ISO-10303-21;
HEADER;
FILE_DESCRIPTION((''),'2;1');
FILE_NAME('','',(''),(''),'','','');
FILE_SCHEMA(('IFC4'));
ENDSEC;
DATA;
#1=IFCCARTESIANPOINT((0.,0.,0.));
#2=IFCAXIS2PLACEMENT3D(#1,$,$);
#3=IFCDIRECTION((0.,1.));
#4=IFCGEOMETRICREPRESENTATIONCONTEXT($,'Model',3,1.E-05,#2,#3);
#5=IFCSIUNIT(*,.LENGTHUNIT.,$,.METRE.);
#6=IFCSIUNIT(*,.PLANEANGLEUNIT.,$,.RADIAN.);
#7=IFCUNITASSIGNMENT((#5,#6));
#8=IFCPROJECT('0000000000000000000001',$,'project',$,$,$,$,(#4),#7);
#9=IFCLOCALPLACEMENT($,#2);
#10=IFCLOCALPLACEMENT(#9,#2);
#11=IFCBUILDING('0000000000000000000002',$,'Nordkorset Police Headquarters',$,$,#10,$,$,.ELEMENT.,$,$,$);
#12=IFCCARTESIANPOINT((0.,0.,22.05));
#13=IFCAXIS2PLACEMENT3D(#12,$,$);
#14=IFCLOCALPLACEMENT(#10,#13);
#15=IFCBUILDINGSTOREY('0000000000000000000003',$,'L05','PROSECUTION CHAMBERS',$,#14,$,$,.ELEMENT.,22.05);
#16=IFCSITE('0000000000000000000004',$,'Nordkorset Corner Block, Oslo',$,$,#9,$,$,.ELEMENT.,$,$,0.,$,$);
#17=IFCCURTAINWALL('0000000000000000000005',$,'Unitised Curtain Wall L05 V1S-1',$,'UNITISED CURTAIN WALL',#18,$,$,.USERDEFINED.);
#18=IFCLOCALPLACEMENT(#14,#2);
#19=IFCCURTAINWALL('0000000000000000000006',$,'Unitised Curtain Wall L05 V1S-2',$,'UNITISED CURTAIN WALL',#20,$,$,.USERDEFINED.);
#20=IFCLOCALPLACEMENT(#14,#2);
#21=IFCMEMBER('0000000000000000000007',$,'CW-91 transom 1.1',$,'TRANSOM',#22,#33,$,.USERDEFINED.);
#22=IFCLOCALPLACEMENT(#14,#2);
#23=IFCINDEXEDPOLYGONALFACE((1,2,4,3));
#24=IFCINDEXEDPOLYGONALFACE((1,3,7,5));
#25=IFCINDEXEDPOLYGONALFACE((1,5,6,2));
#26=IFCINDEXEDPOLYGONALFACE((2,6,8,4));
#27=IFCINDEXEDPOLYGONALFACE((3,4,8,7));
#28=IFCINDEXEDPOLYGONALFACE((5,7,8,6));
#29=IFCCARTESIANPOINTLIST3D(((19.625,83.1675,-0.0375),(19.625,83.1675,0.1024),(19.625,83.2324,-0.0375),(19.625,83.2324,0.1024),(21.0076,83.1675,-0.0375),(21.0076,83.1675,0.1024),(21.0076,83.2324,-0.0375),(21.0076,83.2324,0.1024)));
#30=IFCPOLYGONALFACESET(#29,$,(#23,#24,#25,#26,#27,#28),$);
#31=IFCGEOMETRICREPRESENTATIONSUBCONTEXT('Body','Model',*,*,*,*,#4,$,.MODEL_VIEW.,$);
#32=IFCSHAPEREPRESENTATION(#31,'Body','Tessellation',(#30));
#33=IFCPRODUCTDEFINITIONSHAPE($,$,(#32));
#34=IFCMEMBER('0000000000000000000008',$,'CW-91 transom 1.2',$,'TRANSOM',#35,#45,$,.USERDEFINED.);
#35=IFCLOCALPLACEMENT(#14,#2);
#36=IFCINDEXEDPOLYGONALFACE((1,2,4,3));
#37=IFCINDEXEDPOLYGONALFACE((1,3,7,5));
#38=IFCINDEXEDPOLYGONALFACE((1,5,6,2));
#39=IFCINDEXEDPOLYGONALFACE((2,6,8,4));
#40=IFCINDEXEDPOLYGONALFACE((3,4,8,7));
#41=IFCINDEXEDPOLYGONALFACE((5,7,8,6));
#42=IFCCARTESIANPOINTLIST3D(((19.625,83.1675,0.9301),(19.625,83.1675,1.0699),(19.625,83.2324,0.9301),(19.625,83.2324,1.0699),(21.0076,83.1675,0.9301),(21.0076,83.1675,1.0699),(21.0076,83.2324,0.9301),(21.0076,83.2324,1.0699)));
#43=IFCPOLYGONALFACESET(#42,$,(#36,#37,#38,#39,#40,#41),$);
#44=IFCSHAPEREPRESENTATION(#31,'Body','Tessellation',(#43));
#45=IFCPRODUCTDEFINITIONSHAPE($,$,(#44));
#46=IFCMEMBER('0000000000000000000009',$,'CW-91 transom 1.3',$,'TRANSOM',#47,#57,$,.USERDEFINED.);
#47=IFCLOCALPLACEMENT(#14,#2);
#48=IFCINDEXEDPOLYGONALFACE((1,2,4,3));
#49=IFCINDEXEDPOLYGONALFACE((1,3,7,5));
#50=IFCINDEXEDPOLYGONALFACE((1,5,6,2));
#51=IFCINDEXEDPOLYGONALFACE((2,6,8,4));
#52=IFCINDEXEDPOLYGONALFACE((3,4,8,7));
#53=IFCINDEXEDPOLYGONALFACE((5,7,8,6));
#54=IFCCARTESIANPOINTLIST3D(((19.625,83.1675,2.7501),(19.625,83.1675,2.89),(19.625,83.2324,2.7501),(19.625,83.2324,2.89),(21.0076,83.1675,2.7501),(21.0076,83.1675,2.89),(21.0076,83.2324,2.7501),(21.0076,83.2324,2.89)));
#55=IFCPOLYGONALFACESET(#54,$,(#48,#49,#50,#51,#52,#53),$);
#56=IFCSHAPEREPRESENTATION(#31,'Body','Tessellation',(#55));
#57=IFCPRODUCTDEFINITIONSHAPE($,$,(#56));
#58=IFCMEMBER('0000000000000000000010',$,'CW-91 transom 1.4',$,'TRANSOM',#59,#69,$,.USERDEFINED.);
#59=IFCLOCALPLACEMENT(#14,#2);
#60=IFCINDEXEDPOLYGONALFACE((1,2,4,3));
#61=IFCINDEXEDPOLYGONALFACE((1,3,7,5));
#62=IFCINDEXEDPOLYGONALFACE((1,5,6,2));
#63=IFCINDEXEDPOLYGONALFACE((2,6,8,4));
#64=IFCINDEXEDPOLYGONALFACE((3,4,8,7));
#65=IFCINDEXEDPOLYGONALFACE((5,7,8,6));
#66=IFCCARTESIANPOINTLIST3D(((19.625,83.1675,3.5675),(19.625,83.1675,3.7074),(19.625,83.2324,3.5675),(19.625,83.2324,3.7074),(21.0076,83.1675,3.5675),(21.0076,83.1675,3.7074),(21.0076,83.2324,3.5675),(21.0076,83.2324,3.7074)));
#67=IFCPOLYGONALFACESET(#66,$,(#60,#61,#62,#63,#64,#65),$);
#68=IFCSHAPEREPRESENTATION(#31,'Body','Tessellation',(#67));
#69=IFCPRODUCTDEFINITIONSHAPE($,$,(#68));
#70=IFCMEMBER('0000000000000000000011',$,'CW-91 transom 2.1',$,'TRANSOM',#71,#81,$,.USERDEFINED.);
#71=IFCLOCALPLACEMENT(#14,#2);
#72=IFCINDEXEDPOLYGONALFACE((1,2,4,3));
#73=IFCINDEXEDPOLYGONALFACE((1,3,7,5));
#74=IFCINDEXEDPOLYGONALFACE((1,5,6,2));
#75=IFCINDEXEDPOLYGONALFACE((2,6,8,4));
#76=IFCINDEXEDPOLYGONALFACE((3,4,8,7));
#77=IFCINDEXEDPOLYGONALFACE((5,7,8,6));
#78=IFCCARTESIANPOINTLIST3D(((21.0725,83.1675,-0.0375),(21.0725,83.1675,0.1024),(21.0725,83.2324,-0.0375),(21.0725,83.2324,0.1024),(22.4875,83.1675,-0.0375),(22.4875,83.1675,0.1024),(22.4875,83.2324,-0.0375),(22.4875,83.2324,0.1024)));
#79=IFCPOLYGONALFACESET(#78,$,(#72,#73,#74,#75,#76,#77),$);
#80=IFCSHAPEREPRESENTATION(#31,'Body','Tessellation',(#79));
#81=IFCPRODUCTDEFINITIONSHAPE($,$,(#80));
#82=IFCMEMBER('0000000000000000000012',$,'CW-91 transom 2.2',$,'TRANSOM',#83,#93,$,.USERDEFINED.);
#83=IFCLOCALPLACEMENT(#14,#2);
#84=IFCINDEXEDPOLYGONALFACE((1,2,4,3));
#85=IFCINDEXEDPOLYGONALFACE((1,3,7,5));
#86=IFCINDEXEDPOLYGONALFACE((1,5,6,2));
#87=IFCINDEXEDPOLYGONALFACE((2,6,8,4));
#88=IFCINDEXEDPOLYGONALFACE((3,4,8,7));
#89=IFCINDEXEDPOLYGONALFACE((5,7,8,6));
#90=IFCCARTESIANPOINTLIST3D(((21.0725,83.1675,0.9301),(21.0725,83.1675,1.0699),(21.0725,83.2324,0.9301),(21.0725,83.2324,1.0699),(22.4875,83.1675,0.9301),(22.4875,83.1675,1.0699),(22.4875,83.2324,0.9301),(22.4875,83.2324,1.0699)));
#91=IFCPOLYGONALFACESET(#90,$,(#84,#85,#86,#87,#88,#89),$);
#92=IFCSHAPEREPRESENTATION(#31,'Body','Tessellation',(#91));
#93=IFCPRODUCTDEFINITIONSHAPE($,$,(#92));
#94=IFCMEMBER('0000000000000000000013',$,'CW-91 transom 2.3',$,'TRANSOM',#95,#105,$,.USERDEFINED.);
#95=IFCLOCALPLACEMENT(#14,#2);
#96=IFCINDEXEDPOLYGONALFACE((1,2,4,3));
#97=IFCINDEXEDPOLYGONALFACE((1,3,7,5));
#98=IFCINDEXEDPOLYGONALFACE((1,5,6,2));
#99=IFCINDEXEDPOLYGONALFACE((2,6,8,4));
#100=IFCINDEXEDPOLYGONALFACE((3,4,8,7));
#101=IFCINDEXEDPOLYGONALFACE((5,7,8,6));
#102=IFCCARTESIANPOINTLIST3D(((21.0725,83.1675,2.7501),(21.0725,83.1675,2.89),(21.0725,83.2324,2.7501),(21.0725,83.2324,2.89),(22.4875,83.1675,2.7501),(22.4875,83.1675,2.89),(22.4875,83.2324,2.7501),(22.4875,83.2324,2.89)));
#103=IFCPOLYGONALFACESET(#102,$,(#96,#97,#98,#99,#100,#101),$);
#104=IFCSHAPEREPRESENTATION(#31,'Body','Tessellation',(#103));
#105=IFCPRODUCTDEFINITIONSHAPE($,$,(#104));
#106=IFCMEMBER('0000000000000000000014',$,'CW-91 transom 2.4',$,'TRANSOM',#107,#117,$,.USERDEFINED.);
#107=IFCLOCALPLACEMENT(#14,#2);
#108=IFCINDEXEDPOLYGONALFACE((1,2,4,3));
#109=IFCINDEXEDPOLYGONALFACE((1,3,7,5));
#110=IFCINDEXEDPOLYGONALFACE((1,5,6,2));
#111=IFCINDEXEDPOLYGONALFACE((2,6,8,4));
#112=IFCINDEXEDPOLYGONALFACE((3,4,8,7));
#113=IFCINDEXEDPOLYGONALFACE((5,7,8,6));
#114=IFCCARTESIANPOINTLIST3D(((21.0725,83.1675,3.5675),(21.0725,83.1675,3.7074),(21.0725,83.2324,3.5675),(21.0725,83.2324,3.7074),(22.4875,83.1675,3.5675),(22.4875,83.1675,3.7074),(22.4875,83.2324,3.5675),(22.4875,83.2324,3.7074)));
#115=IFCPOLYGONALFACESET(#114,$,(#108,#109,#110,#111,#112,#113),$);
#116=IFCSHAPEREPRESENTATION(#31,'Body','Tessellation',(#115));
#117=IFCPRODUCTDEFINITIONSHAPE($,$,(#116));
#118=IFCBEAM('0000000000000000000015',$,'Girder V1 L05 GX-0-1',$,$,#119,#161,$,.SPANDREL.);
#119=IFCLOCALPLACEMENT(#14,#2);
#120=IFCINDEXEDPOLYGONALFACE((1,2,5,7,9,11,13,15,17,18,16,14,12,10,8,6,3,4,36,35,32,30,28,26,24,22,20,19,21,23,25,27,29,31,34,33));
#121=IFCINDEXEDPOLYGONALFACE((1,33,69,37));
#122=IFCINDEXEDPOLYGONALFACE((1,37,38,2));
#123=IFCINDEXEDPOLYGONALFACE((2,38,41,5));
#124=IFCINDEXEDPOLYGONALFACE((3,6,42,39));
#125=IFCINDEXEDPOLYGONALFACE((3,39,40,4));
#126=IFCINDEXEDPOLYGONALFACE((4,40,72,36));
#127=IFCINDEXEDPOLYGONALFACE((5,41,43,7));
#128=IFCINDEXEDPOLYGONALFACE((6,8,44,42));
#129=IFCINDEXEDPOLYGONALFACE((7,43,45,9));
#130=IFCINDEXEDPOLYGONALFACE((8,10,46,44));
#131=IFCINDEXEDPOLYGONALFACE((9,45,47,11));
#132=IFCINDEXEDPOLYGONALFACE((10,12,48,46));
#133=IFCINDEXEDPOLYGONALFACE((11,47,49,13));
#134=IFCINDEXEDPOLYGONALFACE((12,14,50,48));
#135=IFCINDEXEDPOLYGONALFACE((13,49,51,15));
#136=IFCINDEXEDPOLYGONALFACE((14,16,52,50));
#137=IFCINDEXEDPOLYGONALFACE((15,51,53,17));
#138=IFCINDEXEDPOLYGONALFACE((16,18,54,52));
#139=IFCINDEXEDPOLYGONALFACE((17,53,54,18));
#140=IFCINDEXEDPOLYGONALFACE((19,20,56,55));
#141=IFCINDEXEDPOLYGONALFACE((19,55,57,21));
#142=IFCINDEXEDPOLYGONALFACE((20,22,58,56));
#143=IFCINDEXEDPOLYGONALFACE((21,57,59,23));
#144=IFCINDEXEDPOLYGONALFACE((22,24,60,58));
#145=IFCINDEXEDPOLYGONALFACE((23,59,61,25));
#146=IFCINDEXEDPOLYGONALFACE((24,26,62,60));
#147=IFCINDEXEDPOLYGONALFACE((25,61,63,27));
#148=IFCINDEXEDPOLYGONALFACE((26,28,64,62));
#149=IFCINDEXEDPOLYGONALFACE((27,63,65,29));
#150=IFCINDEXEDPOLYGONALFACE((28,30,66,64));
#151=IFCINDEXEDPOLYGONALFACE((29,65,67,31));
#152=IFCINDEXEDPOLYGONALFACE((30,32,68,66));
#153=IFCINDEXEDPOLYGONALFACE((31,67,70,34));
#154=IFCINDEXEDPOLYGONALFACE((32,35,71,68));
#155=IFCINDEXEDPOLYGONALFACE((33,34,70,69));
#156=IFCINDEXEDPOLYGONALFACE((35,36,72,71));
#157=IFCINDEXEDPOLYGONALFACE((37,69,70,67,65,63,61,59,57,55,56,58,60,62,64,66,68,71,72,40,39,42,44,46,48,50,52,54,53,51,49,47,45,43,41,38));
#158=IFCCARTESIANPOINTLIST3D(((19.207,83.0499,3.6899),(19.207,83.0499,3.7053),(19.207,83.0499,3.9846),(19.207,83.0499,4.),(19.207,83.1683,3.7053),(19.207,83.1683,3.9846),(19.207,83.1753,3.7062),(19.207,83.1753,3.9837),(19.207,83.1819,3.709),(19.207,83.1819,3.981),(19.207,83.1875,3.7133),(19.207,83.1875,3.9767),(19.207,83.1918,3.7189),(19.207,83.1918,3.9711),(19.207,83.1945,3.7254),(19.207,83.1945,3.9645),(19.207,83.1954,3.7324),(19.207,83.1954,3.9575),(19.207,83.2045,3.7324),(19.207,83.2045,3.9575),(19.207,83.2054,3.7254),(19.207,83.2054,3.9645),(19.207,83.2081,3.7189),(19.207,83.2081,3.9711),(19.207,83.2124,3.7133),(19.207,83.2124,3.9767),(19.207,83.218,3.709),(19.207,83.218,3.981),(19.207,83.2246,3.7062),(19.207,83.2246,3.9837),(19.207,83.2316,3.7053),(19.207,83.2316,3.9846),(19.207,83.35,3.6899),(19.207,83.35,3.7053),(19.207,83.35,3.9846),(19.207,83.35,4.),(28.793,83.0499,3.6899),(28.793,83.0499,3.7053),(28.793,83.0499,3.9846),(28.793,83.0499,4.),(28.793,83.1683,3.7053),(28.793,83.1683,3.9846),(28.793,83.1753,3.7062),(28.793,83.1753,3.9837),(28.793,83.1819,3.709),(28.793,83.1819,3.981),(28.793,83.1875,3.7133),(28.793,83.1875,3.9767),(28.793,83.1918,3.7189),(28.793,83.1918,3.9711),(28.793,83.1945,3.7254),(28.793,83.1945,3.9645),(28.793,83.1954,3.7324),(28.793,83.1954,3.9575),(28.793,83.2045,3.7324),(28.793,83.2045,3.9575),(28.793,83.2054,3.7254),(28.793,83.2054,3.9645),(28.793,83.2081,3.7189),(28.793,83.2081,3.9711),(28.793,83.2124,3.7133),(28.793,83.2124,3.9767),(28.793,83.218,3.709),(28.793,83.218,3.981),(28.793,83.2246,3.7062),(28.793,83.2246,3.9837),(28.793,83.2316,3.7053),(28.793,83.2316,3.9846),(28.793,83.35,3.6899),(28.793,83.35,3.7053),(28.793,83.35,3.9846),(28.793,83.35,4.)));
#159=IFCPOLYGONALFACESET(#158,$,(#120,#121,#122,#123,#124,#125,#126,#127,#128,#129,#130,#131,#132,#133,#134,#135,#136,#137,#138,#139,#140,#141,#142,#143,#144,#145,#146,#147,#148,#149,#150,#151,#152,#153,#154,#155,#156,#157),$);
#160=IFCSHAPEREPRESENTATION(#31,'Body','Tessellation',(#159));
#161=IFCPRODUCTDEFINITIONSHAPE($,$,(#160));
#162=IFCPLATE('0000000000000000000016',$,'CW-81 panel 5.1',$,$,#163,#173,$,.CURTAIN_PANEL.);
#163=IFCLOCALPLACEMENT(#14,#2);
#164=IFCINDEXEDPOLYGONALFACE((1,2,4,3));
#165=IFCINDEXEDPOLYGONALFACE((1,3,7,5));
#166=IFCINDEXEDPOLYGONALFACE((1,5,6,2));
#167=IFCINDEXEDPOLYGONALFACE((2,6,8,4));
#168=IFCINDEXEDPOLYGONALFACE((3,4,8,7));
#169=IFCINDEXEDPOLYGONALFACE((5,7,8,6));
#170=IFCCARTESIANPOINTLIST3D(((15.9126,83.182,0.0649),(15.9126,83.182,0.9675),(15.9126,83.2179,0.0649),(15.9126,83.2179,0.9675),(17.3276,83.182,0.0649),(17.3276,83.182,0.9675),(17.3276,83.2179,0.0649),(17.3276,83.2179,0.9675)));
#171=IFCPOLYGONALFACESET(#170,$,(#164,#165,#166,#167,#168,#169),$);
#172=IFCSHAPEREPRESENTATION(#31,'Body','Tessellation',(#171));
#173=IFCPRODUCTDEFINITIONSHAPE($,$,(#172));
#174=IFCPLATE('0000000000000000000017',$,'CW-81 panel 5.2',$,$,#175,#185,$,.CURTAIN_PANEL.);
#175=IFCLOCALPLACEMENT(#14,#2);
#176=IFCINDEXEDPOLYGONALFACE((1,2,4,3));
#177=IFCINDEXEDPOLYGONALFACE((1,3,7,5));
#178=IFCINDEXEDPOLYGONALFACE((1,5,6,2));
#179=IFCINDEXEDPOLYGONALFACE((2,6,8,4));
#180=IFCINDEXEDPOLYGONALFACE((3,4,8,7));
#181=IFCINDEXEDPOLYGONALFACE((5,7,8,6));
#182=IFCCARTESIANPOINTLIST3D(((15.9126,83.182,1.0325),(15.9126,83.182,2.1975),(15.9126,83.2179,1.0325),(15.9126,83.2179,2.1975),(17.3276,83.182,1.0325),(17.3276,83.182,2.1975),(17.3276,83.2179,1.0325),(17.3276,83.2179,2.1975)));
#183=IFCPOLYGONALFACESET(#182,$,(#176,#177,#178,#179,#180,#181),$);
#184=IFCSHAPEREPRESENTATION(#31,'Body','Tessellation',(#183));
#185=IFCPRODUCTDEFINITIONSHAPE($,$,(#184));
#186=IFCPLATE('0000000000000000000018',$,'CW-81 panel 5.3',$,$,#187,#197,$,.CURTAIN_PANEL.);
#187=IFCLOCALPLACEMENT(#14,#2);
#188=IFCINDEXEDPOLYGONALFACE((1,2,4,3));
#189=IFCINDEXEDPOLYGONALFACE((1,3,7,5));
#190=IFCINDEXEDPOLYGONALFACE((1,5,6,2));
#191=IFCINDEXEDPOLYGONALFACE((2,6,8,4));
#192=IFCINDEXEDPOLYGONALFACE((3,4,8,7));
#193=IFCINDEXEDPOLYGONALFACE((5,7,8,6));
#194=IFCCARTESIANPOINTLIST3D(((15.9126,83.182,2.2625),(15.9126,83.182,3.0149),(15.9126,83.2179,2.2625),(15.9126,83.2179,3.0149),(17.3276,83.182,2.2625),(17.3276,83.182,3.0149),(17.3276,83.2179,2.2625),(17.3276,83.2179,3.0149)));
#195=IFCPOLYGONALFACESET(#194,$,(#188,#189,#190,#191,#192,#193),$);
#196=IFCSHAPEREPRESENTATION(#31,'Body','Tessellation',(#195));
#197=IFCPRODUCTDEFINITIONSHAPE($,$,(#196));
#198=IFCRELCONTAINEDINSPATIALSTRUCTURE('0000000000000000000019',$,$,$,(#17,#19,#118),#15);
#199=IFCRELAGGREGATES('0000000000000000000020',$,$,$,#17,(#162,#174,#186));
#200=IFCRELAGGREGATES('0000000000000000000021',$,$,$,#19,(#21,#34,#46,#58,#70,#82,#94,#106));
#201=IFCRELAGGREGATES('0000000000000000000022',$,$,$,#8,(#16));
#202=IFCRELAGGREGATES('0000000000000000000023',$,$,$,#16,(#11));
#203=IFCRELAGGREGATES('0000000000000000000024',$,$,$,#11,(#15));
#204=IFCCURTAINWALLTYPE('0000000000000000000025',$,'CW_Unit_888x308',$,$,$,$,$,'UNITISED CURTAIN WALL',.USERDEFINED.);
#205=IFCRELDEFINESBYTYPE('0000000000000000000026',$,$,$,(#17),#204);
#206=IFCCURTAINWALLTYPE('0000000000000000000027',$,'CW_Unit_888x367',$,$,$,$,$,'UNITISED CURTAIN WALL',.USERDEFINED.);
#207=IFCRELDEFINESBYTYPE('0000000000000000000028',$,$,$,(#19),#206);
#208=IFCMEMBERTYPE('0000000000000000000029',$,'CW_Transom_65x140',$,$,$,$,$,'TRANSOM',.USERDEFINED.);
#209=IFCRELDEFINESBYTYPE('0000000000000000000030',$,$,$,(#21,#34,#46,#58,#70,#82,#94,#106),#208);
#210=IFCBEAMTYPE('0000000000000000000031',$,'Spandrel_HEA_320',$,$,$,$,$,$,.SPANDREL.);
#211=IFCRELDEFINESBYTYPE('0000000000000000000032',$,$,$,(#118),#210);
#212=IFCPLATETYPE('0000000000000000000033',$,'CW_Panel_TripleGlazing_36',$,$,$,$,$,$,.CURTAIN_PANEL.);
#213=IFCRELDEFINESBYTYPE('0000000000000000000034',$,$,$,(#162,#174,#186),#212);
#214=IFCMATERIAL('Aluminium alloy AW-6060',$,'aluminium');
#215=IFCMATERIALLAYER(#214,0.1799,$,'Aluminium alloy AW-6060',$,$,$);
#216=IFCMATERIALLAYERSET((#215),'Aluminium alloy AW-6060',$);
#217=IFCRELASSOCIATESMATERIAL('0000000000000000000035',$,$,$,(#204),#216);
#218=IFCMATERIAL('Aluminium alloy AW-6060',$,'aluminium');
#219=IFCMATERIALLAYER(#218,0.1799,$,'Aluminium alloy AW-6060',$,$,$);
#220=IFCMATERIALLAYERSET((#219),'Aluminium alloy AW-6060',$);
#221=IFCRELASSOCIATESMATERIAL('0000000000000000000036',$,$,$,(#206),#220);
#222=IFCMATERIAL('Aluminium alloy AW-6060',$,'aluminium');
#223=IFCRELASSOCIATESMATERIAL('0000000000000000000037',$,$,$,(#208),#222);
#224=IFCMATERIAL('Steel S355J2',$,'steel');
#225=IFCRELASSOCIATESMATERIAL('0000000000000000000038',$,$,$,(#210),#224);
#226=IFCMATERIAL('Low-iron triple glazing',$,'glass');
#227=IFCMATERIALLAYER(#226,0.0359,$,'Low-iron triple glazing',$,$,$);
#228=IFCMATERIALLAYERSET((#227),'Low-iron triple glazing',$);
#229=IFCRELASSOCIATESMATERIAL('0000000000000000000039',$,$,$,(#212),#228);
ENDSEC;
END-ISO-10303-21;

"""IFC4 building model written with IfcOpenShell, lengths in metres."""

from ifc_helpers import new_model, si_unit, direction, frame, origin, origin_2d, place, context, subcontext, project, spatial, rectangle, i_section, extrude, material, layer, layer_set, material_profile, profile_set, type_object, element, aggregate, save


model = new_model("IFC4")

# Units and contexts
model_context = context("Model", 3, precision=1e-05, world=origin(), true_north=direction((0.0, 1.0)))
body_context = subcontext(model_context, "Body", "Model", "MODEL_VIEW")
ifc_project = project(units=[si_unit("LENGTHUNIT", "METRE"), si_unit("PLANEANGLEUNIT", "RADIAN")], contexts=[model_context])

# Site, building, storey
site_placement = place(None, origin())
site = spatial("IfcSite", under=ifc_project, at=site_placement, Name="Nordkorset Corner Block, Oslo", CompositionType="ELEMENT", RefElevation=0.0)
building_placement = place(site_placement, origin())
building = spatial("IfcBuilding", under=site, at=building_placement, Name="Nordkorset Police Headquarters", CompositionType="ELEMENT")
storey_placement = place(building_placement, frame((0.0, 0.0, 22.05)))
storey = spatial("IfcBuildingStorey", under=building, at=storey_placement, Name="L05", Description="PROSECUTION CHAMBERS", CompositionType="ELEMENT", Elevation=22.05)

# Curtain walls
ifc_material_1 = material(Name="Aluminium alloy AW-6060", Category="aluminium")
ifc_layer_1 = layer(ifc_material_1, 0.1799, Name="Aluminium alloy AW-6060")
ifc_layer_set_1 = layer_set([ifc_layer_1], Name="Aluminium alloy AW-6060")
curtain_wall_type_1 = type_object("IfcCurtainWallType", Name="CW_Unit_888x308", ElementType="UNITISED CURTAIN WALL", PredefinedType="USERDEFINED", material=ifc_layer_set_1)
curtain_wall_1_placement = place(storey_placement, origin())
curtain_wall_1 = element("IfcCurtainWall", 1, at=curtain_wall_1_placement, inside=storey, type_object=curtain_wall_type_1, Name="Unitised Curtain Wall L05 V1S-1", ObjectType="UNITISED CURTAIN WALL", PredefinedType="USERDEFINED")
ifc_material_2 = material(Name="Aluminium alloy AW-6060", Category="aluminium")
ifc_layer_2 = layer(ifc_material_2, 0.1799, Name="Aluminium alloy AW-6060")
ifc_layer_set_2 = layer_set([ifc_layer_2], Name="Aluminium alloy AW-6060")
curtain_wall_type_2 = type_object("IfcCurtainWallType", Name="CW_Unit_888x367", ElementType="UNITISED CURTAIN WALL", PredefinedType="USERDEFINED", material=ifc_layer_set_2)
curtain_wall_2_placement = place(storey_placement, origin())
curtain_wall_2 = element("IfcCurtainWall", 2, at=curtain_wall_2_placement, inside=storey, type_object=curtain_wall_type_2, Name="Unitised Curtain Wall L05 V1S-2", ObjectType="UNITISED CURTAIN WALL", PredefinedType="USERDEFINED")

# Members
ifc_material_3 = material(Name="Aluminium alloy AW-6060", Category="aluminium")
ifc_material_profile_1 = material_profile(ifc_material_3, rectangle(XDim=0.0649, YDim=0.1399, at=origin_2d()), Name="ALU TRAN 65x140")
ifc_profile_set_1 = profile_set([ifc_material_profile_1], Name="Aluminium alloy AW-6060")
member_type_1 = type_object("IfcMemberType", Name="CW_Transom_65x140", ElementType="TRANSOM", PredefinedType="USERDEFINED", material=ifc_profile_set_1)
member_1_placement = place(storey_placement, frame((19.625, 83.2, 0.0325), z_axis=(1.0, 0.0, 0.0), x_axis=(0.0, 1.0, 0.0)))
member_1 = element("IfcMember", 3, at=member_1_placement, type_object=member_type_1, Name="CW-91 transom 1.1", ObjectType="TRANSOM", PredefinedType="USERDEFINED", context=body_context, shape_type="SweptSolid", body=[
    extrude(rectangle(XDim=0.0649, YDim=0.1399, at=origin_2d()), origin(), (0.0, 0.0, 1.0), 1.3826),
])
member_2_placement = place(storey_placement, frame((19.625, 83.2, 1.0), z_axis=(1.0, 0.0, 0.0), x_axis=(0.0, 1.0, 0.0)))
member_2 = element("IfcMember", 4, at=member_2_placement, type_object=member_type_1, Name="CW-91 transom 1.2", ObjectType="TRANSOM", PredefinedType="USERDEFINED", context=body_context, shape_type="SweptSolid", body=[
    extrude(rectangle(XDim=0.0649, YDim=0.1399, at=origin_2d()), origin(), (0.0, 0.0, 1.0), 1.3826),
])
member_3_placement = place(storey_placement, frame((19.625, 83.2, 2.8201), z_axis=(1.0, 0.0, 0.0), x_axis=(0.0, 1.0, 0.0)))
member_3 = element("IfcMember", 5, at=member_3_placement, type_object=member_type_1, Name="CW-91 transom 1.3", ObjectType="TRANSOM", PredefinedType="USERDEFINED", context=body_context, shape_type="SweptSolid", body=[
    extrude(rectangle(XDim=0.0649, YDim=0.1399, at=origin_2d()), origin(), (0.0, 0.0, 1.0), 1.3826),
])
member_4_placement = place(storey_placement, frame((19.625, 83.2, 3.6375), z_axis=(1.0, 0.0, 0.0), x_axis=(0.0, 1.0, 0.0)))
member_4 = element("IfcMember", 6, at=member_4_placement, type_object=member_type_1, Name="CW-91 transom 1.4", ObjectType="TRANSOM", PredefinedType="USERDEFINED", context=body_context, shape_type="SweptSolid", body=[
    extrude(rectangle(XDim=0.0649, YDim=0.1399, at=origin_2d()), origin(), (0.0, 0.0, 1.0), 1.3826),
])
member_5_placement = place(storey_placement, frame((21.0725, 83.2, 0.0325), z_axis=(1.0, 0.0, 0.0), x_axis=(0.0, 1.0, 0.0)))
member_5 = element("IfcMember", 7, at=member_5_placement, type_object=member_type_1, Name="CW-91 transom 2.1", ObjectType="TRANSOM", PredefinedType="USERDEFINED", context=body_context, shape_type="SweptSolid", body=[
    extrude(rectangle(XDim=0.0649, YDim=0.1399, at=origin_2d()), origin(), (0.0, 0.0, 1.0), 1.415),
])
member_6_placement = place(storey_placement, frame((21.0725, 83.2, 1.0), z_axis=(1.0, 0.0, 0.0), x_axis=(0.0, 1.0, 0.0)))
member_6 = element("IfcMember", 8, at=member_6_placement, type_object=member_type_1, Name="CW-91 transom 2.2", ObjectType="TRANSOM", PredefinedType="USERDEFINED", context=body_context, shape_type="SweptSolid", body=[
    extrude(rectangle(XDim=0.0649, YDim=0.1399, at=origin_2d()), origin(), (0.0, 0.0, 1.0), 1.415),
])
member_7_placement = place(storey_placement, frame((21.0725, 83.2, 2.8201), z_axis=(1.0, 0.0, 0.0), x_axis=(0.0, 1.0, 0.0)))
member_7 = element("IfcMember", 9, at=member_7_placement, type_object=member_type_1, Name="CW-91 transom 2.3", ObjectType="TRANSOM", PredefinedType="USERDEFINED", context=body_context, shape_type="SweptSolid", body=[
    extrude(rectangle(XDim=0.0649, YDim=0.1399, at=origin_2d()), origin(), (0.0, 0.0, 1.0), 1.415),
])
member_8_placement = place(storey_placement, frame((21.0725, 83.2, 3.6375), z_axis=(1.0, 0.0, 0.0), x_axis=(0.0, 1.0, 0.0)))
member_8 = element("IfcMember", 10, at=member_8_placement, type_object=member_type_1, Name="CW-91 transom 2.4", ObjectType="TRANSOM", PredefinedType="USERDEFINED", context=body_context, shape_type="SweptSolid", body=[
    extrude(rectangle(XDim=0.0649, YDim=0.1399, at=origin_2d()), origin(), (0.0, 0.0, 1.0), 1.415),
])

# Beam
ifc_material_4 = material(Name="Steel S355J2", Category="steel")
ifc_material_profile_2 = material_profile(ifc_material_4, i_section(OverallWidth=0.3, OverallDepth=0.3101, WebThickness=0.009, FlangeThickness=0.0154, FilletRadius=0.0271, at=origin_2d()), Name="HEA 320")
ifc_profile_set_2 = profile_set([ifc_material_profile_2], Name="Steel S355J2")
beam_type = type_object("IfcBeamType", Name="Spandrel_HEA_320", PredefinedType="SPANDREL", material=ifc_profile_set_2)
beam_placement = place(storey_placement, frame((19.207, 83.2, 3.845), z_axis=(1.0, 0.0, 0.0), x_axis=(0.0, 1.0, 0.0)))
element("IfcBeam", 11, at=beam_placement, inside=storey, type_object=beam_type, Name="Girder V1 L05 GX-0-1", PredefinedType="SPANDREL", context=body_context, shape_type="SweptSolid", body=[
    extrude(i_section(OverallWidth=0.3, OverallDepth=0.3101, WebThickness=0.009, FlangeThickness=0.0154, FilletRadius=0.0271, at=origin_2d()), origin(), (0.0, 0.0, 1.0), 9.5859),
])

# Plates
ifc_material_5 = material(Name="Low-iron triple glazing", Category="glass")
ifc_layer_3 = layer(ifc_material_5, 0.0359, Name="Low-iron triple glazing")
ifc_layer_set_3 = layer_set([ifc_layer_3], Name="Low-iron triple glazing")
plate_type = type_object("IfcPlateType", Name="CW_Panel_TripleGlazing_36", PredefinedType="CURTAIN_PANEL", material=ifc_layer_set_3)
plate_1_placement = place(storey_placement, frame((16.6201, 83.2, 0.0649), z_axis=(0.0, 0.0, 1.0), x_axis=(1.0, 0.0, 0.0)))
plate_1 = element("IfcPlate", 12, at=plate_1_placement, type_object=plate_type, Name="CW-81 panel 5.1", PredefinedType="CURTAIN_PANEL", context=body_context, shape_type="SweptSolid", body=[
    extrude(rectangle(XDim=1.415, YDim=0.0359, at=origin_2d()), origin(), (0.0, 0.0, 1.0), 0.9026),
])
plate_2_placement = place(storey_placement, frame((16.6201, 83.2, 1.0325), z_axis=(0.0, 0.0, 1.0), x_axis=(1.0, 0.0, 0.0)))
plate_2 = element("IfcPlate", 13, at=plate_2_placement, type_object=plate_type, Name="CW-81 panel 5.2", PredefinedType="CURTAIN_PANEL", context=body_context, shape_type="SweptSolid", body=[
    extrude(rectangle(XDim=1.415, YDim=0.0359, at=origin_2d()), origin(), (0.0, 0.0, 1.0), 1.165),
])
plate_3_placement = place(storey_placement, frame((16.6201, 83.2, 2.2625), z_axis=(0.0, 0.0, 1.0), x_axis=(1.0, 0.0, 0.0)))
plate_3 = element("IfcPlate", 14, at=plate_3_placement, type_object=plate_type, Name="CW-81 panel 5.3", PredefinedType="CURTAIN_PANEL", context=body_context, shape_type="SweptSolid", body=[
    extrude(rectangle(XDim=1.415, YDim=0.0359, at=origin_2d()), origin(), (0.0, 0.0, 1.0), 0.7524),
])
aggregate(curtain_wall_1, [plate_1, plate_2, plate_3])
aggregate(curtain_wall_2, [member_1, member_2, member_3, member_4, member_5, member_6, member_7, member_8])

save(model, "model.ifc")
